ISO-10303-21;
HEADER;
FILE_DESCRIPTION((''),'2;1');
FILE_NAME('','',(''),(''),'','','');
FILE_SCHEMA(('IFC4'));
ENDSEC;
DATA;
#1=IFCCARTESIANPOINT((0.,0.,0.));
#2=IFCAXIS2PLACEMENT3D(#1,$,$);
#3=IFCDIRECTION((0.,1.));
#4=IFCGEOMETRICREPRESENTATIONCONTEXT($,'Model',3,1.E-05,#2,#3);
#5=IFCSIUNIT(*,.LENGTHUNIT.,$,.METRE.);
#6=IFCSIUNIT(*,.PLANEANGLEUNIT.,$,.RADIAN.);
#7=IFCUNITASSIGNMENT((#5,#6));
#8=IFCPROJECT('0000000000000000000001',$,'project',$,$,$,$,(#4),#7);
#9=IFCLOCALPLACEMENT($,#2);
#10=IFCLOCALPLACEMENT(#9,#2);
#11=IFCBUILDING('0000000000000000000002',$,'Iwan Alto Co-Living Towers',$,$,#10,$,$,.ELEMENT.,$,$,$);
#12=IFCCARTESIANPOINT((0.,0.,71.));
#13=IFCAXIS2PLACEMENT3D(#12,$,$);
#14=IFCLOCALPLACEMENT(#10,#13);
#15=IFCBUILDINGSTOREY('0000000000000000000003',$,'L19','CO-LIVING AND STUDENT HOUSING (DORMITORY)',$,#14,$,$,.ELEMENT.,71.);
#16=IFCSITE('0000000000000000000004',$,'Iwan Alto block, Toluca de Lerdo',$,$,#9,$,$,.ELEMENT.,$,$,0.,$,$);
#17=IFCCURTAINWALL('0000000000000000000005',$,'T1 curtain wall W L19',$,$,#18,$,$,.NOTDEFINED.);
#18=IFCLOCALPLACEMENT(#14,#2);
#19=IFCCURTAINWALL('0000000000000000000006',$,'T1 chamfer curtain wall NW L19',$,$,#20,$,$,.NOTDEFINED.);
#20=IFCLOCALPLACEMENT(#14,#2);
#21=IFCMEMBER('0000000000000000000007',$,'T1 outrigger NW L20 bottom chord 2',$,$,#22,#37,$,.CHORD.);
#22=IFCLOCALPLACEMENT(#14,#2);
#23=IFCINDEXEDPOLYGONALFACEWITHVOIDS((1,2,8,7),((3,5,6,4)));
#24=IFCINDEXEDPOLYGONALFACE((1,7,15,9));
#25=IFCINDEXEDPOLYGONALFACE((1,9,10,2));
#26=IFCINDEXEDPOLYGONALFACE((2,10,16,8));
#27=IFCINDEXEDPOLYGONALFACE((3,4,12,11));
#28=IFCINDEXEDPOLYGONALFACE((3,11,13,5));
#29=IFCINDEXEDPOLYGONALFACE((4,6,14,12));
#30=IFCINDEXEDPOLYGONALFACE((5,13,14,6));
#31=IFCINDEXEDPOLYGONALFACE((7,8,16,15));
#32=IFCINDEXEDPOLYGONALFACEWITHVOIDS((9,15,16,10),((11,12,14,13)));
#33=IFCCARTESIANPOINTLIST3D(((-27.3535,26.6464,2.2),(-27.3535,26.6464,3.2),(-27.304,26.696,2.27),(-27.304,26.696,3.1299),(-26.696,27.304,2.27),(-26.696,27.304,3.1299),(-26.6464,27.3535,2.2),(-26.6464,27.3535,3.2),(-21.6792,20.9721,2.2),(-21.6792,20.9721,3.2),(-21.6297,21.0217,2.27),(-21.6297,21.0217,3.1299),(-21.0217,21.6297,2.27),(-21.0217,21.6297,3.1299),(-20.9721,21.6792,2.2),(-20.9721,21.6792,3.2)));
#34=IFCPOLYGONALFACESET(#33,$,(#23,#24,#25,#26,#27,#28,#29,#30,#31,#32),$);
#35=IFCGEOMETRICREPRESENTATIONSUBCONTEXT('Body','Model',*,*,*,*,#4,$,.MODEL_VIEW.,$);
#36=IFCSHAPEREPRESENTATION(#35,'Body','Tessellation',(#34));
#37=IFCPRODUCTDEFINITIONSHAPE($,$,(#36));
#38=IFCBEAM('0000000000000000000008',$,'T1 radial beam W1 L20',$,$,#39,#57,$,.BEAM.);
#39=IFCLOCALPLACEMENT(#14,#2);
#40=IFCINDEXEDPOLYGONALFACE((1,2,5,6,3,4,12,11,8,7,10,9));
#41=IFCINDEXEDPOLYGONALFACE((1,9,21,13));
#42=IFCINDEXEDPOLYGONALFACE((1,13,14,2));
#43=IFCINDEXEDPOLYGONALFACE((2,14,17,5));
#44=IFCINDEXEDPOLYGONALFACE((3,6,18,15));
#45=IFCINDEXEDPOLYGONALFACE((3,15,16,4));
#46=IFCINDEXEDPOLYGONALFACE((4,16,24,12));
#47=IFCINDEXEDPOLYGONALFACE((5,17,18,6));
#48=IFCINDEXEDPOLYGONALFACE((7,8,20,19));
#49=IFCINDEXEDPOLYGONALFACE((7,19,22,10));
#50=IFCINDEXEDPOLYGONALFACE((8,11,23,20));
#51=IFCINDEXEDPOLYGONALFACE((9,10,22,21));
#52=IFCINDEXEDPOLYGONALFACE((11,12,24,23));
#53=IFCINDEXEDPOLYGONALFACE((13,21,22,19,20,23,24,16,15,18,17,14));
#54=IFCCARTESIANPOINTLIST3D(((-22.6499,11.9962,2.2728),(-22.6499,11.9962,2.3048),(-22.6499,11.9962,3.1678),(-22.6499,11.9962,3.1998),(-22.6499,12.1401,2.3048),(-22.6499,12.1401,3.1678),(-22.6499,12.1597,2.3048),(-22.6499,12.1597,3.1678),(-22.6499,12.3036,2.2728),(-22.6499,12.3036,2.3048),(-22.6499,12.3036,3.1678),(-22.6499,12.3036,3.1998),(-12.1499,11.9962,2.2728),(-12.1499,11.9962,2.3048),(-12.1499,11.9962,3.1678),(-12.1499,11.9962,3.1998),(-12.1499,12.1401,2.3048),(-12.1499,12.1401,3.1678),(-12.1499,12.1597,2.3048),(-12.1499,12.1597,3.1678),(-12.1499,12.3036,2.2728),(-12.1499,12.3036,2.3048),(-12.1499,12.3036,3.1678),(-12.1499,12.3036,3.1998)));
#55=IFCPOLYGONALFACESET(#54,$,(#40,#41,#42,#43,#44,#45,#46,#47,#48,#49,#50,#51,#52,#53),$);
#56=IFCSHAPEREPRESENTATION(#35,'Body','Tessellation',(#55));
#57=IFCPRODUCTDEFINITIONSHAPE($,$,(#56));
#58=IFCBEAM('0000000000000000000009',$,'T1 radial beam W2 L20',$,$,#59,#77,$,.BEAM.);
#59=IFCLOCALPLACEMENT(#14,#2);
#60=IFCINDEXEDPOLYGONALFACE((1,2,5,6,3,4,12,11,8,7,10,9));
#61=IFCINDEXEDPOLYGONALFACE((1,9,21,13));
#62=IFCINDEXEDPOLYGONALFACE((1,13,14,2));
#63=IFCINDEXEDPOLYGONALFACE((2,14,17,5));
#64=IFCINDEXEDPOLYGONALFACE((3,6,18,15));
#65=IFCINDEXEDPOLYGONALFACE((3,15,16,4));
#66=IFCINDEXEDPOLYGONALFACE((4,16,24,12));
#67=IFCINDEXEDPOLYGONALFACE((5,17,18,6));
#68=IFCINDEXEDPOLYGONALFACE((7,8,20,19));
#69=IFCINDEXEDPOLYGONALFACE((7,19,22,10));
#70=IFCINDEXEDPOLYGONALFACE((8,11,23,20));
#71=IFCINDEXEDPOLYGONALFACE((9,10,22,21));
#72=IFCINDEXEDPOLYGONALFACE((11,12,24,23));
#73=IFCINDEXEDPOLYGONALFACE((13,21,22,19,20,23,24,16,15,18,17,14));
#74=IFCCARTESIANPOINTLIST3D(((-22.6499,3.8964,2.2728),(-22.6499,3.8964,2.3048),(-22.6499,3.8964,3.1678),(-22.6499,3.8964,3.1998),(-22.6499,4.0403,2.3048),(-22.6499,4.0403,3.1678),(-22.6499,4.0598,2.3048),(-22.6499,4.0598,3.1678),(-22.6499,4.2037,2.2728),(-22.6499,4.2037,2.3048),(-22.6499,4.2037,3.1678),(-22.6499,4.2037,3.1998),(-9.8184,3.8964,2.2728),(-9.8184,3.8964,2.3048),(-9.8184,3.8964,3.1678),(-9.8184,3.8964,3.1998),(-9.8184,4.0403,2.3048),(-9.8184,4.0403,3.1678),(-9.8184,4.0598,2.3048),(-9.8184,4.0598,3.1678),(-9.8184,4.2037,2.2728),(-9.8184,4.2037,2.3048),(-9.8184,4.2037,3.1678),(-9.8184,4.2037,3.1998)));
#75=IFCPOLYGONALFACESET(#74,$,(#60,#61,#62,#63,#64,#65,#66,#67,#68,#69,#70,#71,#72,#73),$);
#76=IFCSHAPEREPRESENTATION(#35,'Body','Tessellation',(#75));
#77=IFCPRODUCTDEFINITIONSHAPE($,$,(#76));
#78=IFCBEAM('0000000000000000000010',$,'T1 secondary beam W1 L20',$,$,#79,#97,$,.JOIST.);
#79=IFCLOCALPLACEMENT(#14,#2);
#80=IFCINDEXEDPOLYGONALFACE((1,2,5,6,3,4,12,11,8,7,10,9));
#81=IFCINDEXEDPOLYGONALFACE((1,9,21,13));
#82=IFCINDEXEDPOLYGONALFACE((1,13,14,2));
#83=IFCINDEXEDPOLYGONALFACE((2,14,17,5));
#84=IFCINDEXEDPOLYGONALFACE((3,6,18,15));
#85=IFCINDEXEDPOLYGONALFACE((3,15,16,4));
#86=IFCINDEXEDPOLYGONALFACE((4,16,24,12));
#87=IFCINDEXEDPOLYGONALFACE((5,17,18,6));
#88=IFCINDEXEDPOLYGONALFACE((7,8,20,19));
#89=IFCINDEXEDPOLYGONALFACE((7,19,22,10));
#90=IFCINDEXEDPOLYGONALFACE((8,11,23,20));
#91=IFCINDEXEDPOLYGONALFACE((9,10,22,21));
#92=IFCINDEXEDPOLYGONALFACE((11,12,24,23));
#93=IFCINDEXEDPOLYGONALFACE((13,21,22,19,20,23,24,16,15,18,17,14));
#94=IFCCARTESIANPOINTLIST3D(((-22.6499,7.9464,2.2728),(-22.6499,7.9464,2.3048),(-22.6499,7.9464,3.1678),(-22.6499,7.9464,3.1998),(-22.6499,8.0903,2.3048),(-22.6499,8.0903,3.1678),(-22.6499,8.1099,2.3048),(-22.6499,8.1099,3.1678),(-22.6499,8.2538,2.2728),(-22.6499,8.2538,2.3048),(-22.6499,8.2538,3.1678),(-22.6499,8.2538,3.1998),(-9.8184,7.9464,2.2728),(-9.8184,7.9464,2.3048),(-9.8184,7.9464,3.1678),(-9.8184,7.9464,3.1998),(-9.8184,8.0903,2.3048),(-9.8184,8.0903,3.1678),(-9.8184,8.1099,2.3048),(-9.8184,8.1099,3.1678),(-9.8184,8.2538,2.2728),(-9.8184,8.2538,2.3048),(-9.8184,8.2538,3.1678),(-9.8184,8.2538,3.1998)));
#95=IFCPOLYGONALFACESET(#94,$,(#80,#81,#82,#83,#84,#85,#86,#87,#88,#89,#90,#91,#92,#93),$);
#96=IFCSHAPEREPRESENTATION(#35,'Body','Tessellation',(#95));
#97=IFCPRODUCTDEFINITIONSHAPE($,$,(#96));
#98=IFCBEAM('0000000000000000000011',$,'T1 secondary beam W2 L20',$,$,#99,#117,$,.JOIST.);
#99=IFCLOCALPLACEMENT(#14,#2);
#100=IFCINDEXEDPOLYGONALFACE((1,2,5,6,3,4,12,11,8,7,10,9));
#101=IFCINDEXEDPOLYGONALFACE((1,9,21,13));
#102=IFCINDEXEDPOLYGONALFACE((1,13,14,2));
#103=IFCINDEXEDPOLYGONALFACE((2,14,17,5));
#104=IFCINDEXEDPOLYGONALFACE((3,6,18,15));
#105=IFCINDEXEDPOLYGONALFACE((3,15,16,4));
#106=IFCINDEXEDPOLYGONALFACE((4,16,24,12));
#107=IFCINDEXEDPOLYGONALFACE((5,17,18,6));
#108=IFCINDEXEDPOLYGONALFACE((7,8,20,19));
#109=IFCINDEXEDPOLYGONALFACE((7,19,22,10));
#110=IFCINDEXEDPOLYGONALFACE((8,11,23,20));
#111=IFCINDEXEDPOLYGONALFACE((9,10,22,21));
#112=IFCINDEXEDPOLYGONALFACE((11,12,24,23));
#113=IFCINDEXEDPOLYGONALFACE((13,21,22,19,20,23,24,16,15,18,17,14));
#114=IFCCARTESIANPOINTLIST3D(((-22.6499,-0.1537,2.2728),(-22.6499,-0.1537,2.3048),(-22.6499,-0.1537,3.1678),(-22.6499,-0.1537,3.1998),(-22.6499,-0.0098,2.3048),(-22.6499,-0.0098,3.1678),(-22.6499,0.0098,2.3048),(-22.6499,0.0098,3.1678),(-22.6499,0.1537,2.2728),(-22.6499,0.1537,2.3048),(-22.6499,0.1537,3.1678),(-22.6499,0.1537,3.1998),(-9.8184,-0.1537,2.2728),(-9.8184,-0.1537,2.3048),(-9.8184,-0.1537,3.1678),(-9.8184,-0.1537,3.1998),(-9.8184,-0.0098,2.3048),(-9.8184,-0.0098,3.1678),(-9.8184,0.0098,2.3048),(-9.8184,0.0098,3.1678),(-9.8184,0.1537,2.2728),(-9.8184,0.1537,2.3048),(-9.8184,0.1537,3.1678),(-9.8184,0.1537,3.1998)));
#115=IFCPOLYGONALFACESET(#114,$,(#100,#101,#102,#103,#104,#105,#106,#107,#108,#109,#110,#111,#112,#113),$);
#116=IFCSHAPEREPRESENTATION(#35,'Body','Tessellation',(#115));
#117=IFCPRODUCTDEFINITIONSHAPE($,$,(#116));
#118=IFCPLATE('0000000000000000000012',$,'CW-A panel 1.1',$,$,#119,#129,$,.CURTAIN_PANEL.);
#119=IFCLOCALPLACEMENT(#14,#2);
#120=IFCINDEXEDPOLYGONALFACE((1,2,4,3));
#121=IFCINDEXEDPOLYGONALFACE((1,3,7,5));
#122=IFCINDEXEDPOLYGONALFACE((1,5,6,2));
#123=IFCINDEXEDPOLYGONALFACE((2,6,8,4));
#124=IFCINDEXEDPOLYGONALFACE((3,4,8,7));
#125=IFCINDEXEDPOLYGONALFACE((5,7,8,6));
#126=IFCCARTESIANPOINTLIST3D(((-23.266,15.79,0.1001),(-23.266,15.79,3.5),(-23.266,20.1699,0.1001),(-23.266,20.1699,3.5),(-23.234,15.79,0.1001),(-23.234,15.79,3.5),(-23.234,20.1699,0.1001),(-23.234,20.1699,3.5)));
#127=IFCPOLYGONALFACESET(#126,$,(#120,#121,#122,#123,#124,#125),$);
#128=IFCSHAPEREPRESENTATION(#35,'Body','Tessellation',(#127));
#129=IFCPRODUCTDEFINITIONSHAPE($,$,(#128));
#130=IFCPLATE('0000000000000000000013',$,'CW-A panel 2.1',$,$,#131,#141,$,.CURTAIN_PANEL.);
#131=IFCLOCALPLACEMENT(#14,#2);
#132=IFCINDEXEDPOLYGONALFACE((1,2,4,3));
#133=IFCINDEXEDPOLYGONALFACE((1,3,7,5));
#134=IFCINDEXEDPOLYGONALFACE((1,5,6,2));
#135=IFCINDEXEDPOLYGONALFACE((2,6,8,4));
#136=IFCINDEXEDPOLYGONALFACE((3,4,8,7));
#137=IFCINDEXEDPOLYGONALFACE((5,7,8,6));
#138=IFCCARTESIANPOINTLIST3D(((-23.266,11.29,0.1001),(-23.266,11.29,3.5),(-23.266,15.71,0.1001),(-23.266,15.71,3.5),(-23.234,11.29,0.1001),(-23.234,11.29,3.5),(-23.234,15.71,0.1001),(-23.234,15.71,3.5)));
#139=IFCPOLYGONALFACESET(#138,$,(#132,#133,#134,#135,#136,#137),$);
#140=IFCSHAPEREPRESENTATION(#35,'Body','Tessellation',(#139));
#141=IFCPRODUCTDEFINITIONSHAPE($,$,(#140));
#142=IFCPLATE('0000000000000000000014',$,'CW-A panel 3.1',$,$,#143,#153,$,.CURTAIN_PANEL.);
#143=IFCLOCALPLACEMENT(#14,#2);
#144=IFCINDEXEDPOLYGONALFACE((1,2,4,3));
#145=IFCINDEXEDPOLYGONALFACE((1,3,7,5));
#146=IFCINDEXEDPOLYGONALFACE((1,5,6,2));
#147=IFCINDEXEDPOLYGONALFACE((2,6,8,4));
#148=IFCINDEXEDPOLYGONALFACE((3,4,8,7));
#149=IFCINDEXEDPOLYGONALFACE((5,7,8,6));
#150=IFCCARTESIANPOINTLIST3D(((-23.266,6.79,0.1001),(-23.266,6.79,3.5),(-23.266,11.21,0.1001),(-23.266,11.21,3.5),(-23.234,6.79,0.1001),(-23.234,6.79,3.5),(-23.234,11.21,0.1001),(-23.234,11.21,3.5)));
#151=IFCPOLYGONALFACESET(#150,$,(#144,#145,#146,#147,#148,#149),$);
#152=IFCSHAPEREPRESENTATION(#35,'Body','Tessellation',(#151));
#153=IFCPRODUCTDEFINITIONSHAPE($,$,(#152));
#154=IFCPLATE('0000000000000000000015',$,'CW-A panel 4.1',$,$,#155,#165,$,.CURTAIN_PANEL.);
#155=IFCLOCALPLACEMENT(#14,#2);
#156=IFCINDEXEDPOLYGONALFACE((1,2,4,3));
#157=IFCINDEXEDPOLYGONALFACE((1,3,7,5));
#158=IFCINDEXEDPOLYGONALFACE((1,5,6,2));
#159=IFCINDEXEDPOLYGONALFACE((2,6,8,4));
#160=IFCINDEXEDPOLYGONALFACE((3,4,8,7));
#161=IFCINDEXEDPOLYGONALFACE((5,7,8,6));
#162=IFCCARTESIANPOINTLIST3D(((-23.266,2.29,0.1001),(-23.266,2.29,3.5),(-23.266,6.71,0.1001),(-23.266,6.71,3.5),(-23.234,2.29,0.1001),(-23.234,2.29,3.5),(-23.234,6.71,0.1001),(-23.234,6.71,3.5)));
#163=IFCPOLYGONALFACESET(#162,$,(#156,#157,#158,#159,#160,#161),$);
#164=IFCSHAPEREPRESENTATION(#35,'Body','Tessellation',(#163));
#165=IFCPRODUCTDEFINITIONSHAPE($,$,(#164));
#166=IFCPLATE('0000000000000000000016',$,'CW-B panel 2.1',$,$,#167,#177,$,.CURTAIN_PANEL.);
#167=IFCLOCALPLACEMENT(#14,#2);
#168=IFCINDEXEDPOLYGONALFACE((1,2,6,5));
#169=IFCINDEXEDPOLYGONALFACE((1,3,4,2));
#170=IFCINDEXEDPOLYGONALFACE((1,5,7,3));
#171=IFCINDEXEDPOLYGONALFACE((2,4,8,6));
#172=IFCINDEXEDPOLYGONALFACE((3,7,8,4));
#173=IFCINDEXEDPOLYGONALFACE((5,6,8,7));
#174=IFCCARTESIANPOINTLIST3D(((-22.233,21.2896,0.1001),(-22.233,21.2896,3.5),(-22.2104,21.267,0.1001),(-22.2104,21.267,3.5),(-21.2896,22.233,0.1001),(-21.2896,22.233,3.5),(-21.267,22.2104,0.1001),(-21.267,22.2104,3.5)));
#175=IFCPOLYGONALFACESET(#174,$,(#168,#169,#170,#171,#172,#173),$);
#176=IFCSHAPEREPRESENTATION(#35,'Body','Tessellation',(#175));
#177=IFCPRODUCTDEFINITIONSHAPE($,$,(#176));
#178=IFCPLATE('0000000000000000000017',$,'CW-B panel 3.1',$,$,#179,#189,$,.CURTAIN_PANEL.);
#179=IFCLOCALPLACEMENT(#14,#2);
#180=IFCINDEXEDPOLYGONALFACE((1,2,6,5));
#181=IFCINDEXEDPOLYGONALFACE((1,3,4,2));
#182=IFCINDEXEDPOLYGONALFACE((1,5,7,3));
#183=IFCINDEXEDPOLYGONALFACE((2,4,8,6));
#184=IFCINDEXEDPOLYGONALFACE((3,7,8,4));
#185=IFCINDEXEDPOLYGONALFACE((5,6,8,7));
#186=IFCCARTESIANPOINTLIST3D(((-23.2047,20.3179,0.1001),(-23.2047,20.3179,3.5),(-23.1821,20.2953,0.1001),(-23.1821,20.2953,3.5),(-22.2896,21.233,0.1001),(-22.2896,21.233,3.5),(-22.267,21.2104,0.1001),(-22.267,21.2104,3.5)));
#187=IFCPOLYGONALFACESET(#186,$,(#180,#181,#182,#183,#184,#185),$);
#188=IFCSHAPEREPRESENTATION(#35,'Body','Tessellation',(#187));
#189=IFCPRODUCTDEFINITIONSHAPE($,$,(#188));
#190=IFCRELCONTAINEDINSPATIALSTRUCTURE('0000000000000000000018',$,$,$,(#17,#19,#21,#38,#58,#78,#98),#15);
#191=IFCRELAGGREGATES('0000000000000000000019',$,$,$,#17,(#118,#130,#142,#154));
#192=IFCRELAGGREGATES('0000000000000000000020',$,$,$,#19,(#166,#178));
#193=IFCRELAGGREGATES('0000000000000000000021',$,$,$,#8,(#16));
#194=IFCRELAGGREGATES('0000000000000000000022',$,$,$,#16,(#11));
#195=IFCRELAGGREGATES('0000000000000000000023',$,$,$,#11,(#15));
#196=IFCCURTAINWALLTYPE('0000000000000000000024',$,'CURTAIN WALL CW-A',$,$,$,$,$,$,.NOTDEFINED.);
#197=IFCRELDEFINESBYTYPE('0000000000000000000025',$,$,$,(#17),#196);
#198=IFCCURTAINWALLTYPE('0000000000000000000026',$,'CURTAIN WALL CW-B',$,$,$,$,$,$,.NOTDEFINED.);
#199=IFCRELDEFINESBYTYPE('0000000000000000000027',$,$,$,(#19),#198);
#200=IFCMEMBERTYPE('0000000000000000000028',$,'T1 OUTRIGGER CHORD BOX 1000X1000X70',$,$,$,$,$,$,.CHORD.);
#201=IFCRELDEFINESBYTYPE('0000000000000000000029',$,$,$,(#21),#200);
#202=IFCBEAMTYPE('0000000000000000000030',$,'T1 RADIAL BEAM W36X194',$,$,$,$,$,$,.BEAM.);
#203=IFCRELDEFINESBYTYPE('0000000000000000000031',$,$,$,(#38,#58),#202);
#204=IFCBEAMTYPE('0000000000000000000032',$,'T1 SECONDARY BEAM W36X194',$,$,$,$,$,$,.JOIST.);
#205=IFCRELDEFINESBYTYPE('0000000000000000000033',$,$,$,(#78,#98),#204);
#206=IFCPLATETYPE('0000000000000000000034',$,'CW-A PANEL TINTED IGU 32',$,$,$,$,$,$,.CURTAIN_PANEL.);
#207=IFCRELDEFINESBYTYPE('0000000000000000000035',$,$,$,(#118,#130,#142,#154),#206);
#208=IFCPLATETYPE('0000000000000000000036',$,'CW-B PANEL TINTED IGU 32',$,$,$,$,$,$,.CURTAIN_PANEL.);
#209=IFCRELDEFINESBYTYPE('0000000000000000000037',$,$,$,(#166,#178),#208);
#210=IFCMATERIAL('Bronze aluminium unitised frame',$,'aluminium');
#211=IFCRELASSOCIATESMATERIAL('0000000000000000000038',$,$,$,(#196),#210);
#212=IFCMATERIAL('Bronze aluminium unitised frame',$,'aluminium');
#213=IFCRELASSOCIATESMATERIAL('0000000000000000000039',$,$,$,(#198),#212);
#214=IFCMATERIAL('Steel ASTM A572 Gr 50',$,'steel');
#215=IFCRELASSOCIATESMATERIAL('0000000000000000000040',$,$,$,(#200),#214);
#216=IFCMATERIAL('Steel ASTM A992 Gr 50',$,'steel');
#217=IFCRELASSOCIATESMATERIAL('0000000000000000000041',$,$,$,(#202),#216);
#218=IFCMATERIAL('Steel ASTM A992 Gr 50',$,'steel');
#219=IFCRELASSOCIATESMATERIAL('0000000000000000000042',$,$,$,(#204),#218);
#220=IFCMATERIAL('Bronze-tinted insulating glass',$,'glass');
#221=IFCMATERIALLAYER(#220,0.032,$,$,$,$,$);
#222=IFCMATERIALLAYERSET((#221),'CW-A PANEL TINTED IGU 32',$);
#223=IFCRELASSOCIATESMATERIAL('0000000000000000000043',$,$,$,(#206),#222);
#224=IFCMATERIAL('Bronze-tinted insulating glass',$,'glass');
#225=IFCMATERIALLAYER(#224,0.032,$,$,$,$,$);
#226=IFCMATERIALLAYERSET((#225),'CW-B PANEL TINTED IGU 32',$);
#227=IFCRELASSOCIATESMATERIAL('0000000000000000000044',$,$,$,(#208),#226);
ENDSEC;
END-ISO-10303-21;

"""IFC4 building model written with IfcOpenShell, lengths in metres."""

from ifc_helpers import new_model, si_unit, direction, frame, origin, origin_2d, place, context, subcontext, project, spatial, rectangle, hollow_rectangle, i_section, extrude, material, layer, layer_set, material_profile, profile_set, type_object, element, aggregate, save


model = new_model("IFC4")

# Units and contexts
model_context = context("Model", 3, precision=1e-05, world=origin(), true_north=direction((0.0, 1.0)))
body_context = subcontext(model_context, "Body", "Model", "MODEL_VIEW")
ifc_project = project(units=[si_unit("LENGTHUNIT", "METRE"), si_unit("PLANEANGLEUNIT", "RADIAN")], contexts=[model_context])

# Site, building, storey
site_placement = place(None, origin())
site = spatial("IfcSite", under=ifc_project, at=site_placement, Name="Iwan Alto block, Toluca de Lerdo", CompositionType="ELEMENT", RefElevation=0.0)
building_placement = place(site_placement, origin())
building = spatial("IfcBuilding", under=site, at=building_placement, Name="Iwan Alto Co-Living Towers", CompositionType="ELEMENT")
storey_placement = place(building_placement, frame((0.0, 0.0, 71.0)))
storey = spatial("IfcBuildingStorey", under=building, at=storey_placement, Name="L19", Description="CO-LIVING AND STUDENT HOUSING (DORMITORY)", CompositionType="ELEMENT", Elevation=71.0)

# Curtain walls
ifc_material_1 = material(Name="Bronze aluminium unitised frame", Category="aluminium")
curtain_wall_type_1 = type_object("IfcCurtainWallType", Name="CURTAIN WALL CW-A", PredefinedType="NOTDEFINED", material=ifc_material_1)
curtain_wall_1_placement = place(storey_placement, origin())
curtain_wall_1 = element("IfcCurtainWall", 1, at=curtain_wall_1_placement, inside=storey, type_object=curtain_wall_type_1, Name="T1 curtain wall W L19", PredefinedType="NOTDEFINED")
ifc_material_2 = material(Name="Bronze aluminium unitised frame", Category="aluminium")
curtain_wall_type_2 = type_object("IfcCurtainWallType", Name="CURTAIN WALL CW-B", PredefinedType="NOTDEFINED", material=ifc_material_2)
curtain_wall_2_placement = place(storey_placement, origin())
curtain_wall_2 = element("IfcCurtainWall", 2, at=curtain_wall_2_placement, inside=storey, type_object=curtain_wall_type_2, Name="T1 chamfer curtain wall NW L19", PredefinedType="NOTDEFINED")

# Member
ifc_material_3 = material(Name="Steel ASTM A572 Gr 50", Category="steel")
ifc_material_profile_1 = material_profile(ifc_material_3, hollow_rectangle(XDim=1.0, YDim=1.0, WallThickness=0.0701, at=origin_2d()), Name="BOX 1000X1000X70")
ifc_profile_set_1 = profile_set([ifc_material_profile_1], Name="Steel ASTM A572 Gr 50")
member_type_1 = type_object("IfcMemberType", Name="T1 OUTRIGGER CHORD BOX 1000X1000X70", PredefinedType="CHORD", material=ifc_profile_set_1)
member_1_placement = place(storey_placement, frame((-21.3257, 21.3257, 2.7), z_axis=(-0.707107, 0.707107, 0.0), x_axis=(-0.707107, -0.707107, 0.0)))
element("IfcMember", 3, at=member_1_placement, inside=storey, type_object=member_type_1, Name="T1 outrigger NW L20 bottom chord 2", PredefinedType="CHORD", context=body_context, shape_type="SweptSolid", body=[
    extrude(hollow_rectangle(XDim=1.0, YDim=1.0, WallThickness=0.0701, at=origin_2d()), origin(), (0.0, 0.0, 1.0), 8.0247),
])

# Beams
ifc_material_4 = material(Name="Steel ASTM A992 Gr 50", Category="steel")
ifc_material_profile_2 = material_profile(ifc_material_4, i_section(OverallWidth=0.3074, OverallDepth=0.927, WebThickness=0.0195, FlangeThickness=0.032, at=origin_2d()), Name="W36X194")
ifc_profile_set_2 = profile_set([ifc_material_profile_2], Name="Steel ASTM A992 Gr 50")
beam_type_1 = type_object("IfcBeamType", Name="T1 RADIAL BEAM W36X194", PredefinedType="BEAM", material=ifc_profile_set_2)
beam_1_placement = place(storey_placement, frame((-22.6499, 12.1499, 2.7363), z_axis=(1.0, 0.0, 0.0), x_axis=(0.0, 1.0, 0.0)))
element("IfcBeam", 4, at=beam_1_placement, inside=storey, type_object=beam_type_1, Name="T1 radial beam W1 L20", PredefinedType="BEAM", context=body_context, shape_type="SweptSolid", body=[
    extrude(i_section(OverallWidth=0.3074, OverallDepth=0.927, WebThickness=0.0195, FlangeThickness=0.032, at=origin_2d()), origin(), (0.0, 0.0, 1.0), 10.5),
])
beam_2_placement = place(storey_placement, frame((-22.6499, 4.05, 2.7363), z_axis=(1.0, 0.0, 0.0), x_axis=(0.0, 1.0, 0.0)))
element("IfcBeam", 5, at=beam_2_placement, inside=storey, type_object=beam_type_1, Name="T1 radial beam W2 L20", PredefinedType="BEAM", context=body_context, shape_type="SweptSolid", body=[
    extrude(i_section(OverallWidth=0.3074, OverallDepth=0.927, WebThickness=0.0195, FlangeThickness=0.032, at=origin_2d()), origin(), (0.0, 0.0, 1.0), 12.8315),
])
ifc_material_5 = material(Name="Steel ASTM A992 Gr 50", Category="steel")
ifc_material_profile_3 = material_profile(ifc_material_5, i_section(OverallWidth=0.3074, OverallDepth=0.927, WebThickness=0.0195, FlangeThickness=0.032, at=origin_2d()), Name="W36X194")
ifc_profile_set_3 = profile_set([ifc_material_profile_3], Name="Steel ASTM A992 Gr 50")
beam_type_2 = type_object("IfcBeamType", Name="T1 SECONDARY BEAM W36X194", PredefinedType="JOIST", material=ifc_profile_set_3)
for number, where, z_axis, x_axis, name in (
    (6, (-22.6499, 8.1001, 2.7363), (1.0, 0.0, 0.0), (0.0, 1.0, 0.0), "T1 secondary beam W1 L20"),
    (7, (-22.6499, 0.0, 2.7363), (1.0, 0.0, 0.0), (0.0, 1.0, 0.0), "T1 secondary beam W2 L20"),
):
    element("IfcBeam", number, at=place(storey_placement, frame(where, z_axis=z_axis, x_axis=x_axis)), inside=storey, type_object=beam_type_2, Name=name, PredefinedType="JOIST", context=body_context, shape_type="SweptSolid", body=[
        extrude(i_section(OverallWidth=0.3074, OverallDepth=0.927, WebThickness=0.0195, FlangeThickness=0.032, at=origin_2d()), origin(), (0.0, 0.0, 1.0), 12.8315),
    ])

# Plates
ifc_material_6 = material(Name="Bronze-tinted insulating glass", Category="glass")
ifc_layer_1 = layer(ifc_material_6, 0.032)
ifc_layer_set_1 = layer_set([ifc_layer_1], Name="CW-A PANEL TINTED IGU 32")
plate_type_1 = type_object("IfcPlateType", Name="CW-A PANEL TINTED IGU 32", PredefinedType="CURTAIN_PANEL", material=ifc_layer_set_1)
plate_1_placement = place(storey_placement, frame((-23.25, 17.98, 0.1001), z_axis=(0.0, 0.0, 1.0), x_axis=(0.0, -1.0, 0.0)))
plate_1 = element("IfcPlate", 8, at=plate_1_placement, type_object=plate_type_1, Name="CW-A panel 1.1", PredefinedType="CURTAIN_PANEL", context=body_context, shape_type="SweptSolid", body=[
    extrude(rectangle(XDim=4.3799, YDim=0.032, at=origin_2d()), origin(), (0.0, 0.0, 1.0), 3.3999),
])
plate_2_placement = place(storey_placement, frame((-23.25, 13.5, 0.1001), z_axis=(0.0, 0.0, 1.0), x_axis=(0.0, -1.0, 0.0)))
plate_2 = element("IfcPlate", 9, at=plate_2_placement, type_object=plate_type_1, Name="CW-A panel 2.1", PredefinedType="CURTAIN_PANEL", context=body_context, shape_type="SweptSolid", body=[
    extrude(rectangle(XDim=4.4199, YDim=0.032, at=origin_2d()), origin(), (0.0, 0.0, 1.0), 3.3999),
])
plate_3_placement = place(storey_placement, frame((-23.25, 9.0, 0.1001), z_axis=(0.0, 0.0, 1.0), x_axis=(0.0, -1.0, 0.0)))
plate_3 = element("IfcPlate", 10, at=plate_3_placement, type_object=plate_type_1, Name="CW-A panel 3.1", PredefinedType="CURTAIN_PANEL", context=body_context, shape_type="SweptSolid", body=[
    extrude(rectangle(XDim=4.4199, YDim=0.032, at=origin_2d()), origin(), (0.0, 0.0, 1.0), 3.3999),
])
plate_4_placement = place(storey_placement, frame((-23.25, 4.5, 0.1001), z_axis=(0.0, 0.0, 1.0), x_axis=(0.0, -1.0, 0.0)))
plate_4 = element("IfcPlate", 11, at=plate_4_placement, type_object=plate_type_1, Name="CW-A panel 4.1", PredefinedType="CURTAIN_PANEL", context=body_context, shape_type="SweptSolid", body=[
    extrude(rectangle(XDim=4.4199, YDim=0.032, at=origin_2d()), origin(), (0.0, 0.0, 1.0), 3.3999),
])
aggregate(curtain_wall_1, [plate_1, plate_2, plate_3, plate_4])
ifc_material_7 = material(Name="Bronze-tinted insulating glass", Category="glass")
ifc_layer_2 = layer(ifc_material_7, 0.032)
ifc_layer_set_2 = layer_set([ifc_layer_2], Name="CW-B PANEL TINTED IGU 32")
plate_type_2 = type_object("IfcPlateType", Name="CW-B PANEL TINTED IGU 32", PredefinedType="CURTAIN_PANEL", material=ifc_layer_set_2)
plate_5_placement = place(storey_placement, frame((-21.75, 21.75, 0.1001), z_axis=(0.0, 0.0, 1.0), x_axis=(-0.707107, -0.707107, 0.0)))
plate_5 = element("IfcPlate", 12, at=plate_5_placement, type_object=plate_type_2, Name="CW-B panel 2.1", PredefinedType="CURTAIN_PANEL", context=body_context, shape_type="SweptSolid", body=[
    extrude(rectangle(XDim=1.3342, YDim=0.032, at=origin_2d()), origin(), (0.0, 0.0, 1.0), 3.3999),
])
plate_6_placement = place(storey_placement, frame((-22.7358, 20.7642, 0.1001), z_axis=(0.0, 0.0, 1.0), x_axis=(-0.707107, -0.707107, 0.0)))
plate_6 = element("IfcPlate", 13, at=plate_6_placement, type_object=plate_type_2, Name="CW-B panel 3.1", PredefinedType="CURTAIN_PANEL", context=body_context, shape_type="SweptSolid", body=[
    extrude(rectangle(XDim=1.2942, YDim=0.032, at=origin_2d()), origin(), (0.0, 0.0, 1.0), 3.3999),
])
aggregate(curtain_wall_2, [plate_5, plate_6])

save(model, "model.ifc")
